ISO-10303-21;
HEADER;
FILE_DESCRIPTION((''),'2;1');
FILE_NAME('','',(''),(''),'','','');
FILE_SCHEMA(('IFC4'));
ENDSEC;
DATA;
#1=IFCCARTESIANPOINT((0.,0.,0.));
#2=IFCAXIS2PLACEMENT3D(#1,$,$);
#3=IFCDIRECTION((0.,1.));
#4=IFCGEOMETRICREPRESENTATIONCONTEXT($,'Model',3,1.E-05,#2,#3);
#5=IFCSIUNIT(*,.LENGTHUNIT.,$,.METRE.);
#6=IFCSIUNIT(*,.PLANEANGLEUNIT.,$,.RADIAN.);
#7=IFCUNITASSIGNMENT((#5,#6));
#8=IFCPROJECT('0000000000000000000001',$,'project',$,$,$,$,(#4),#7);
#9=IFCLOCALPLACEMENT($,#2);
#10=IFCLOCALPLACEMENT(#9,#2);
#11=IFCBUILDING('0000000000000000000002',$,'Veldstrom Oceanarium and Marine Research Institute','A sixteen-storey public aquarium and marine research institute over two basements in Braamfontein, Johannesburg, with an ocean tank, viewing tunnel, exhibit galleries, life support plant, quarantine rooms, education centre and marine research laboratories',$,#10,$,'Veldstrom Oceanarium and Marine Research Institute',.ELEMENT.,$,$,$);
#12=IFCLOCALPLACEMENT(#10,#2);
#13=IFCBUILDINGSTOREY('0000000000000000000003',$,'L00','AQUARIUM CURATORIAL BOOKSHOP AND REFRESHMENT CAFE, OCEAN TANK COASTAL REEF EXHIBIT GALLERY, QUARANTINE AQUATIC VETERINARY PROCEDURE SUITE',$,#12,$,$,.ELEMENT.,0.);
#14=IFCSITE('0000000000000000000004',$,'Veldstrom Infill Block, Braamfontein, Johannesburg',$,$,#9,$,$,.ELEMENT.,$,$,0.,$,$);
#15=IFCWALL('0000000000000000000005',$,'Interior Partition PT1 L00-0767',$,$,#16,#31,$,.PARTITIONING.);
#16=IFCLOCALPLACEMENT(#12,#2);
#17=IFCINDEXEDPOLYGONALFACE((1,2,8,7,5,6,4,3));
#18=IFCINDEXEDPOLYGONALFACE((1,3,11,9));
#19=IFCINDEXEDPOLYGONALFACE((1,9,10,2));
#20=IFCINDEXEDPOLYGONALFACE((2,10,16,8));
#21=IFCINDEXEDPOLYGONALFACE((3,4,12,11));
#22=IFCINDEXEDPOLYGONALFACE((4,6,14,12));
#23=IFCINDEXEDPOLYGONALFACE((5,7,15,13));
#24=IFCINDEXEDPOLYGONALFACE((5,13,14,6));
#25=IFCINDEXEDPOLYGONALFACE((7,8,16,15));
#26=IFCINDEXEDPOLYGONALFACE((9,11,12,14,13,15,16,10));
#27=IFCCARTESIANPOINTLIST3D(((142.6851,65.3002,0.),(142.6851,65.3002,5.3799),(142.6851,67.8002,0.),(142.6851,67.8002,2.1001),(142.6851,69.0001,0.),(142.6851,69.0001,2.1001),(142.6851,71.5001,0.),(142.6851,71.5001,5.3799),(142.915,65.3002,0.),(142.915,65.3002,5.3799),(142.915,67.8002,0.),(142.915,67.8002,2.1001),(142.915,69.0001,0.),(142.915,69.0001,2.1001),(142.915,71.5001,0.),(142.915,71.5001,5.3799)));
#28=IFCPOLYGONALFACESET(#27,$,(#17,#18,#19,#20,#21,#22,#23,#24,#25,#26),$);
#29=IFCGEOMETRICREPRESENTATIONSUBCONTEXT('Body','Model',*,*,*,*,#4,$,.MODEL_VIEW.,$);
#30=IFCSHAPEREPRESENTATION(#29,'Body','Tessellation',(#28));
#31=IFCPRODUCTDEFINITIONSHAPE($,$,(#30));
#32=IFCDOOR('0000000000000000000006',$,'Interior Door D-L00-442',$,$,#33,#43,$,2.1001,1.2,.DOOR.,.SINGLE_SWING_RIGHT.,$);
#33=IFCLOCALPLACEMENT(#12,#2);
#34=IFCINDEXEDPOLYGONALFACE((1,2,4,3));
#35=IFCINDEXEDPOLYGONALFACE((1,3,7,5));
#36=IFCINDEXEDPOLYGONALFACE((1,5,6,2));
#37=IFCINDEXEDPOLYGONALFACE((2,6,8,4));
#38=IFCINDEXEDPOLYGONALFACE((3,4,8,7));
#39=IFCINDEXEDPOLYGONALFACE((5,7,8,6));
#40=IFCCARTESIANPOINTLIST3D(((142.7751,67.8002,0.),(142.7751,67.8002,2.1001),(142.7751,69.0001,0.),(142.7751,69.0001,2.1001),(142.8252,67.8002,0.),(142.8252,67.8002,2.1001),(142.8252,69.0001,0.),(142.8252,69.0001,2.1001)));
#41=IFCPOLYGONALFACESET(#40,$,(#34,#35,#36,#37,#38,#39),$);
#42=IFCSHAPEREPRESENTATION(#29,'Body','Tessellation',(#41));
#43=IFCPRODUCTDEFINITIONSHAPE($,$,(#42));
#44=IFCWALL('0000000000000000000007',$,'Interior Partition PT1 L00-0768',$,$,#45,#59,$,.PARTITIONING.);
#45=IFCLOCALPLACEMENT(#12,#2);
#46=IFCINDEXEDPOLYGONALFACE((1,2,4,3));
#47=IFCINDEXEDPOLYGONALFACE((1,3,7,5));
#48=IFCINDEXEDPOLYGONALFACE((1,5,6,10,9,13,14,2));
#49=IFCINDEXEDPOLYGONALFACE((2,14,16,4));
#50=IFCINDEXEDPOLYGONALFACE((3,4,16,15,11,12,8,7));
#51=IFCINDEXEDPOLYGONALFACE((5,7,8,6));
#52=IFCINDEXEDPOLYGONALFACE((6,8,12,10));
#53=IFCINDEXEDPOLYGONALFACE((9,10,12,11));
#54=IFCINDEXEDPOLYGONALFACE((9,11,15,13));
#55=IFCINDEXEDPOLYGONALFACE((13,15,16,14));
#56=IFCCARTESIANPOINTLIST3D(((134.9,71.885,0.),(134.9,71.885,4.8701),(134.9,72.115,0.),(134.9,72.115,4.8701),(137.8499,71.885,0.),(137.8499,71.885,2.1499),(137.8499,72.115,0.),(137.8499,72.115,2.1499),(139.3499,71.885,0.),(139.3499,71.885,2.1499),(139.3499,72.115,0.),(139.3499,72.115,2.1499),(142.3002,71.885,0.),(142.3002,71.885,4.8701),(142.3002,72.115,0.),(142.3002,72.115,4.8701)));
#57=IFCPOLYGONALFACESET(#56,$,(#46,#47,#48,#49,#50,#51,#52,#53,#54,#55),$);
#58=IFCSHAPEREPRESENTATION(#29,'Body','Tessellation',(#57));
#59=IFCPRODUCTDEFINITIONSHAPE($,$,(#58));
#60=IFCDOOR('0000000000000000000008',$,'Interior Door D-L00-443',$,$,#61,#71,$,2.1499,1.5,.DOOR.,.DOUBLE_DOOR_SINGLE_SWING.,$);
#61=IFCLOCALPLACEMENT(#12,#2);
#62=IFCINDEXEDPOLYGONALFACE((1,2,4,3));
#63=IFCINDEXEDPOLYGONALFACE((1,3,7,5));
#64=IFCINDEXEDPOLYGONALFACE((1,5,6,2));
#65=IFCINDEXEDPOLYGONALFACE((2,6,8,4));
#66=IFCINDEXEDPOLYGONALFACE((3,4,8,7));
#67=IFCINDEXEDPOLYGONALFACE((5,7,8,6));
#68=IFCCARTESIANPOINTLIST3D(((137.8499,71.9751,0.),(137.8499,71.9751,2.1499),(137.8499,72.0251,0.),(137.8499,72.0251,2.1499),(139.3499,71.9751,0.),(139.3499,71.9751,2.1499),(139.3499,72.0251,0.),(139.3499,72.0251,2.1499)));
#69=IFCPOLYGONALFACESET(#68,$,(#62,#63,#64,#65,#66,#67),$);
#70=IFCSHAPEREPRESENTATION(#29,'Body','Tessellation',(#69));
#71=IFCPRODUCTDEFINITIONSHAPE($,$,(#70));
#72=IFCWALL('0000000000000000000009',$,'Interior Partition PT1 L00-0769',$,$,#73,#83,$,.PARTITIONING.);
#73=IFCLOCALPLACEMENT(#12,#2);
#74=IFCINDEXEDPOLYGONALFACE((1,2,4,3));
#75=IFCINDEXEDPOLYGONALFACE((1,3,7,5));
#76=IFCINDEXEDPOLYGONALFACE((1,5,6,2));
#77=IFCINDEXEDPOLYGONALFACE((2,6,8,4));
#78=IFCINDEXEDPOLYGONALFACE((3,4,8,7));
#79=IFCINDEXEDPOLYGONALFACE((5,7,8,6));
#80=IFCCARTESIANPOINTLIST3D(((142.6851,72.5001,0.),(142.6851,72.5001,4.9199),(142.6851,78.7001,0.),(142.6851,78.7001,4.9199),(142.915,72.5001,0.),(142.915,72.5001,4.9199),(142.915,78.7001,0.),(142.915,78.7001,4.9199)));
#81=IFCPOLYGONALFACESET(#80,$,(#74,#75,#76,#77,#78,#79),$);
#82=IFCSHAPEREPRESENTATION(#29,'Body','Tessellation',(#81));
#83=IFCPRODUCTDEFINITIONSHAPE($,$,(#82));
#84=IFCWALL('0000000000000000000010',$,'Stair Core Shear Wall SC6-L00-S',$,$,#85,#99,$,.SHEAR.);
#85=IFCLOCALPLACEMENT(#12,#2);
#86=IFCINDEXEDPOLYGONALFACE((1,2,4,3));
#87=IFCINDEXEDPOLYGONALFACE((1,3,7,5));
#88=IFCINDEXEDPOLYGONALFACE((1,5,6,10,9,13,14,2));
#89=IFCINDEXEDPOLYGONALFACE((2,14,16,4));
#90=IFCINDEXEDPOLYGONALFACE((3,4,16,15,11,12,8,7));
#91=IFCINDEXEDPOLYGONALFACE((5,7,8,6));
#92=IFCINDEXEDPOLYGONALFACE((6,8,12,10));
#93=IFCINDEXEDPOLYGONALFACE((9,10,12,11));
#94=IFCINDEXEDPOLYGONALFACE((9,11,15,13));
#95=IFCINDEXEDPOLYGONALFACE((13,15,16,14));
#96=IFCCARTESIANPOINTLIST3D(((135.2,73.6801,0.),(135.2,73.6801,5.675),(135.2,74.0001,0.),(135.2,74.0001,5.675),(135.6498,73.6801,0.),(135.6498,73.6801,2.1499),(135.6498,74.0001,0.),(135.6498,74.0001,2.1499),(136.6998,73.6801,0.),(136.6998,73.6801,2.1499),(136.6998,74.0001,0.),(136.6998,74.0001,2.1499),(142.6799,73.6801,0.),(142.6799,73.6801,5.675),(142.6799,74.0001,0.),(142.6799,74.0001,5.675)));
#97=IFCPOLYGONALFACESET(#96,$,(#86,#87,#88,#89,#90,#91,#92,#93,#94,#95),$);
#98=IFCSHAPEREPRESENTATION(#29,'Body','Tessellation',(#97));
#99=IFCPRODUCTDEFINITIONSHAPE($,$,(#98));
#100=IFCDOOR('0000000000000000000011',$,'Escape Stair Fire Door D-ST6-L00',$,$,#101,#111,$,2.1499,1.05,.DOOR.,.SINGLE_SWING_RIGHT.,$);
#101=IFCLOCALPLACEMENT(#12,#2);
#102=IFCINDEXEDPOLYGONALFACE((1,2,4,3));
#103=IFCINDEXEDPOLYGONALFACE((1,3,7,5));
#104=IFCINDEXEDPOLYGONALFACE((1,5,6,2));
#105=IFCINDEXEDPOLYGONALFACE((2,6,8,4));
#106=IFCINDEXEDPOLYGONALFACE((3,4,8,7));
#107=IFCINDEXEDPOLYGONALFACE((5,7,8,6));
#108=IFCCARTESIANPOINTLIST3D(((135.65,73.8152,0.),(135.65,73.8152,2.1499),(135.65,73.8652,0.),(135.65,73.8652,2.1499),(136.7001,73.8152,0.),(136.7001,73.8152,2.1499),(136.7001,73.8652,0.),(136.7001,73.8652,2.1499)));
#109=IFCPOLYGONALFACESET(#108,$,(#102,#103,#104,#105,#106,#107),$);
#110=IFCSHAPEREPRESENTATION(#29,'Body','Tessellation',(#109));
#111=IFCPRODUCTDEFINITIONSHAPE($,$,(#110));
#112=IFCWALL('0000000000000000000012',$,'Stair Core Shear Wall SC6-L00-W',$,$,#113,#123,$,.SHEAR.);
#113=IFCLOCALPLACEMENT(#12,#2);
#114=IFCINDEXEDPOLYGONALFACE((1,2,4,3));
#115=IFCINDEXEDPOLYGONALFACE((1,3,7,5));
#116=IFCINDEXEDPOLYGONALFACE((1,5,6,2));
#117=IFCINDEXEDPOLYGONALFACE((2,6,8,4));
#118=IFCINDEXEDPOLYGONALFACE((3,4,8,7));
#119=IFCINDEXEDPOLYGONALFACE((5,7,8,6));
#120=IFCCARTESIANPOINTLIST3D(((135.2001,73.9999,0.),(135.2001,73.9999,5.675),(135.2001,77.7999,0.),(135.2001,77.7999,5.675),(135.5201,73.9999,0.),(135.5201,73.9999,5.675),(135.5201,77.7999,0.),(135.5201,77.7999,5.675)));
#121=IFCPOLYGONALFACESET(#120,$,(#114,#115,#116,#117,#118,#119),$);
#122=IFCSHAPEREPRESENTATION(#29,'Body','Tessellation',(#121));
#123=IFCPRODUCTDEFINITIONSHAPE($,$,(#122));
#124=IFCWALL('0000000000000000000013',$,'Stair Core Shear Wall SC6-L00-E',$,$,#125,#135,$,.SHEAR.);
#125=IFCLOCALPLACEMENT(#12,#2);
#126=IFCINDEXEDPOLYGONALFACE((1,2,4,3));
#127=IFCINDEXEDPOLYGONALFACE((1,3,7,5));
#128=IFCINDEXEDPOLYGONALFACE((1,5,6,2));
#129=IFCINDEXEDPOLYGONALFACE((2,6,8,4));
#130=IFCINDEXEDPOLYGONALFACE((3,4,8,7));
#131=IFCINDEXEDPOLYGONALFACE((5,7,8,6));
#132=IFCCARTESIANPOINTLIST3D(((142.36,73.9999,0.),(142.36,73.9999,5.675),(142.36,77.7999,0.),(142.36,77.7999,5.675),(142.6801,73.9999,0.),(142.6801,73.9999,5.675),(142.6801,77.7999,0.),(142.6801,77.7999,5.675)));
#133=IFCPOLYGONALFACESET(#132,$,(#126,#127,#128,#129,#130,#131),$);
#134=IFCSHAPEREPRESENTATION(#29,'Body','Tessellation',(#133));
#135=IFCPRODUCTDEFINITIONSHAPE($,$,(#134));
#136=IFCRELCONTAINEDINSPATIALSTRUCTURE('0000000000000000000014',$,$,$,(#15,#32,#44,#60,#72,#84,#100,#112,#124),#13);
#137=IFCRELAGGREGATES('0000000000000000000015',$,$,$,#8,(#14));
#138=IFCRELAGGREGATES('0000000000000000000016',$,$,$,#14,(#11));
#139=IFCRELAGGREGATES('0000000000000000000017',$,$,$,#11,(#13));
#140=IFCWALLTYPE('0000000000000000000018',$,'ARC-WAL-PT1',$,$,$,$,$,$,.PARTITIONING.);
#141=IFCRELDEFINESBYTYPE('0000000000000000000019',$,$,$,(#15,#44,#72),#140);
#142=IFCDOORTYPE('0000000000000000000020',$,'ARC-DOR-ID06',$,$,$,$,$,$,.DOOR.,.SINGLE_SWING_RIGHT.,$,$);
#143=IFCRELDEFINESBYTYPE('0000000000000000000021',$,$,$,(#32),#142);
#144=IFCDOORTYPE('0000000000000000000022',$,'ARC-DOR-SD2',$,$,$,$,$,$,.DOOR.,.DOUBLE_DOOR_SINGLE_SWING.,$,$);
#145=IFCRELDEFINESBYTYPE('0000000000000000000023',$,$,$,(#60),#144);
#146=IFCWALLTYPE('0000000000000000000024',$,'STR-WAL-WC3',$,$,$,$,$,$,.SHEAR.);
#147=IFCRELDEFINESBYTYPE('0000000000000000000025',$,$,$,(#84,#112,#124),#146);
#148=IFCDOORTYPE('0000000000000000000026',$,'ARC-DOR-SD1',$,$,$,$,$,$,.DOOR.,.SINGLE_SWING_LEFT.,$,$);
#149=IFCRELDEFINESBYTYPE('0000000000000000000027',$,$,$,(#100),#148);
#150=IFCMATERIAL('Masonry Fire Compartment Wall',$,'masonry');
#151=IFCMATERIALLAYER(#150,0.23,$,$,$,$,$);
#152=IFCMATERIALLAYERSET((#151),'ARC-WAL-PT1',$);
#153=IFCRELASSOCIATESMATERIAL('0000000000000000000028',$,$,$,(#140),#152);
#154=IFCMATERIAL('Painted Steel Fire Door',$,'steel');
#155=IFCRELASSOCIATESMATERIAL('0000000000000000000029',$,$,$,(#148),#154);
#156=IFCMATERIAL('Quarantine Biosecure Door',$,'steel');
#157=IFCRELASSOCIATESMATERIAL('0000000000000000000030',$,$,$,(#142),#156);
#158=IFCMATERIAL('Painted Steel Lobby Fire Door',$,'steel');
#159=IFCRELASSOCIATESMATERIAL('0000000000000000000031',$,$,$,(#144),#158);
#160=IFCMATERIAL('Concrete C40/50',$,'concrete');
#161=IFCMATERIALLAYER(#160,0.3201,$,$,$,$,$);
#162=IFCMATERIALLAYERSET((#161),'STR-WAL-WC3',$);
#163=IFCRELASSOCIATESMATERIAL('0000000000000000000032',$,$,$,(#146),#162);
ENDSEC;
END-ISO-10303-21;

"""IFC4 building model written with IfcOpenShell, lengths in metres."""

from ifc_helpers import new_model, si_unit, direction, frame, frame_2d, origin, place, context, subcontext, project, spatial, rectangle, extrude, material, layer, layer_set, type_object, element, fill, save


model = new_model("IFC4")

# Units and contexts
model_context = context("Model", 3, precision=1e-05, world=origin(), true_north=direction((0.0, 1.0)))
body_context = subcontext(model_context, "Body", "Model", "MODEL_VIEW")
ifc_project = project(units=[si_unit("LENGTHUNIT", "METRE"), si_unit("PLANEANGLEUNIT", "RADIAN")], contexts=[model_context])

# Site, building, storey
site_placement = place(None, origin())
site = spatial("IfcSite", under=ifc_project, at=site_placement, Name="Veldstrom Infill Block, Braamfontein, Johannesburg", CompositionType="ELEMENT", RefElevation=0.0)
building_placement = place(site_placement, origin())
building = spatial("IfcBuilding", under=site, at=building_placement, Name="Veldstrom Oceanarium and Marine Research Institute", Description="A sixteen-storey public aquarium and marine research institute over two basements in Braamfontein, Johannesburg, with an ocean tank, viewing tunnel, exhibit galleries, life support plant, quarantine rooms, education centre and marine research laboratories", LongName="Veldstrom Oceanarium and Marine Research Institute", CompositionType="ELEMENT")
storey_placement = place(building_placement, origin())
storey = spatial("IfcBuildingStorey", under=building, at=storey_placement, Name="L00", Description="AQUARIUM CURATORIAL BOOKSHOP AND REFRESHMENT CAFE, OCEAN TANK COASTAL REEF EXHIBIT GALLERY, QUARANTINE AQUATIC VETERINARY PROCEDURE SUITE", CompositionType="ELEMENT", Elevation=0.0)

# Walls, openings, doors
ifc_material_1 = material(Name="Masonry Fire Compartment Wall", Category="masonry")
ifc_layer_1 = layer(ifc_material_1, 0.23)
ifc_layer_set_1 = layer_set([ifc_layer_1], Name="ARC-WAL-PT1")
wall_type_1 = type_object("IfcWallType", Name="ARC-WAL-PT1", PredefinedType="PARTITIONING", material=ifc_layer_set_1)
ifc_material_2 = material(Name="Painted Steel Fire Door", Category="steel")
door_type_1 = type_object("IfcDoorType", Name="ARC-DOR-SD1", OperationType="SINGLE_SWING_LEFT", PredefinedType="DOOR", material=ifc_material_2)
wall_1_placement = place(storey_placement, frame((142.8, 65.3, 0.0), z_axis=(0.0, 0.0, 1.0), x_axis=(0.0, 1.0, 0.0)))
wall_1 = element("IfcWall", 1, at=wall_1_placement, inside=storey, type_object=wall_type_1, Name="Interior Partition PT1 L00-0767", PredefinedType="PARTITIONING", context=body_context, shape_type="SweptSolid", body=[
    extrude(rectangle(XDim=6.2, YDim=0.23, at=frame_2d((3.1001, 0.0))), origin(), (0.0, 0.0, 1.0), 5.3799),
])
opening_1_placement = place(wall_1_placement, frame((2.5, 0.0, 0.0)))
opening_1 = element("IfcOpeningElement", 2, at=opening_1_placement, cuts=wall_1, PredefinedType="OPENING", context=body_context, shape_type="SweptSolid", body=[
    extrude(rectangle(XDim=1.2, YDim=2.1001, at=frame_2d((0.6001, 1.05))), frame((0.0, 0.125, 0.0), z_axis=(0.0, -1.0, 0.0), x_axis=(1.0, 0.0, 0.0)), (0.0, 0.0, 1.0), 0.25),
])
ifc_material_3 = material(Name="Quarantine Biosecure Door", Category="steel")
door_type_2 = type_object("IfcDoorType", Name="ARC-DOR-ID06", OperationType="SINGLE_SWING_RIGHT", PredefinedType="DOOR", material=ifc_material_3)
door_1_placement = place(opening_1_placement, origin())
door_1 = element("IfcDoor", 3, at=door_1_placement, inside=storey, type_object=door_type_2, Name="Interior Door D-L00-442", OperationType="SINGLE_SWING_RIGHT", OverallHeight=2.1001, OverallWidth=1.2, PredefinedType="DOOR", context=body_context, shape_type="SweptSolid", body=[
    extrude(rectangle(XDim=1.2, YDim=2.1001, at=frame_2d((0.6001, 1.05))), frame((0.0, 0.0249, 0.0), z_axis=(0.0, -1.0, 0.0), x_axis=(1.0, 0.0, 0.0)), (0.0, 0.0, 1.0), 0.05),
])
fill(opening_1, door_1)
wall_2_placement = place(storey_placement, frame((134.8999, 72.0, 0.0), z_axis=(0.0, 0.0, 1.0), x_axis=(1.0, 0.0, 0.0)))
wall_2 = element("IfcWall", 4, at=wall_2_placement, inside=storey, type_object=wall_type_1, Name="Interior Partition PT1 L00-0768", PredefinedType="PARTITIONING", context=body_context, shape_type="SweptSolid", body=[
    extrude(rectangle(XDim=7.4001, YDim=0.23, at=frame_2d((3.7002, 0.0))), origin(), (0.0, 0.0, 1.0), 4.8701),
])
opening_2_placement = place(wall_2_placement, frame((2.95, 0.0, 0.0)))
opening_2 = element("IfcOpeningElement", 5, at=opening_2_placement, cuts=wall_2, PredefinedType="OPENING", context=body_context, shape_type="SweptSolid", body=[
    extrude(rectangle(XDim=1.5, YDim=2.1499, at=frame_2d((0.75, 1.075))), frame((0.0, 0.125, 0.0), z_axis=(0.0, -1.0, 0.0), x_axis=(1.0, 0.0, 0.0)), (0.0, 0.0, 1.0), 0.25),
])
ifc_material_4 = material(Name="Painted Steel Lobby Fire Door", Category="steel")
door_type_3 = type_object("IfcDoorType", Name="ARC-DOR-SD2", OperationType="DOUBLE_DOOR_SINGLE_SWING", PredefinedType="DOOR", material=ifc_material_4)
door_2_placement = place(opening_2_placement, frame((1.5, 0.0, 0.0), z_axis=(0.0, 0.0, 1.0), x_axis=(-1.0, 0.0, 0.0)))
door_2 = element("IfcDoor", 6, at=door_2_placement, inside=storey, type_object=door_type_3, Name="Interior Door D-L00-443", OperationType="DOUBLE_DOOR_SINGLE_SWING", OverallHeight=2.1499, OverallWidth=1.5, PredefinedType="DOOR", context=body_context, shape_type="SweptSolid", body=[
    extrude(rectangle(XDim=1.5, YDim=2.1499, at=frame_2d((0.75, 1.075))), frame((0.0, 0.0249, 0.0), z_axis=(0.0, -1.0, 0.0), x_axis=(1.0, 0.0, 0.0)), (0.0, 0.0, 1.0), 0.05),
])
fill(opening_2, door_2)

# Wall
wall_3_placement = place(storey_placement, frame((142.8, 72.5, 0.0), z_axis=(0.0, 0.0, 1.0), x_axis=(0.0, 1.0, 0.0)))
element("IfcWall", 7, at=wall_3_placement, inside=storey, type_object=wall_type_1, Name="Interior Partition PT1 L00-0769", PredefinedType="PARTITIONING", context=body_context, shape_type="SweptSolid", body=[
    extrude(rectangle(XDim=6.2, YDim=0.23, at=frame_2d((3.1001, 0.0))), origin(), (0.0, 0.0, 1.0), 4.9199),
])

# Wall, opening, door
ifc_material_5 = material(Name="Concrete C40/50", Category="concrete")
ifc_layer_2 = layer(ifc_material_5, 0.3201)
ifc_layer_set_2 = layer_set([ifc_layer_2], Name="STR-WAL-WC3")
wall_type_2 = type_object("IfcWallType", Name="STR-WAL-WC3", PredefinedType="SHEAR", material=ifc_layer_set_2)
wall_4_placement = place(storey_placement, frame((135.2, 73.8401, 0.0), z_axis=(0.0, 0.0, 1.0), x_axis=(1.0, 0.0, 0.0)))
wall_4 = element("IfcWall", 8, at=wall_4_placement, inside=storey, type_object=wall_type_2, Name="Stair Core Shear Wall SC6-L00-S", PredefinedType="SHEAR", context=body_context, shape_type="SweptSolid", body=[
    extrude(rectangle(XDim=7.48, YDim=0.3201, at=frame_2d((3.74, 0.0))), origin(), (0.0, 0.0, 1.0), 5.675),
])
opening_3_placement = place(wall_4_placement, frame((0.45, 0.0, 0.0)))
opening_3 = element("IfcOpeningElement", 9, at=opening_3_placement, cuts=wall_4, PredefinedType="OPENING", context=body_context, shape_type="SweptSolid", body=[
    extrude(rectangle(XDim=1.05, YDim=2.1499, at=frame_2d((0.5249, 1.075))), frame((0.0, 0.1699, 0.0), z_axis=(0.0, -1.0, 0.0), x_axis=(1.0, 0.0, 0.0)), (0.0, 0.0, 1.0), 0.3401),
])
door_3_placement = place(opening_3_placement, frame((1.05, 0.0, 0.0), z_axis=(0.0, 0.0, 1.0), x_axis=(-1.0, 0.0, 0.0)))
door_3 = element("IfcDoor", 10, at=door_3_placement, inside=storey, type_object=door_type_1, Name="Escape Stair Fire Door D-ST6-L00", OperationType="SINGLE_SWING_RIGHT", OverallHeight=2.1499, OverallWidth=1.05, PredefinedType="DOOR", context=body_context, shape_type="SweptSolid", body=[
    extrude(rectangle(XDim=1.05, YDim=2.1499, at=frame_2d((0.5249, 1.075))), frame((0.0, 0.0249, 0.0), z_axis=(0.0, -1.0, 0.0), x_axis=(1.0, 0.0, 0.0)), (0.0, 0.0, 1.0), 0.05),
])
fill(opening_3, door_3)

# Walls
for number, where, z_axis, x_axis, name in (
    (11, (135.3601, 74.0, 0.0), (0.0, 0.0, 1.0), (0.0, 1.0, 0.0), "Stair Core Shear Wall SC6-L00-W"),
    (12, (142.52, 74.0, 0.0), (0.0, 0.0, 1.0), (0.0, 1.0, 0.0), "Stair Core Shear Wall SC6-L00-E"),
):
    element("IfcWall", number, at=place(storey_placement, frame(where, z_axis=z_axis, x_axis=x_axis)), inside=storey, type_object=wall_type_2, Name=name, PredefinedType="SHEAR", context=body_context, shape_type="SweptSolid", body=[
        extrude(rectangle(XDim=3.8, YDim=0.3201, at=frame_2d((1.8999, 0.0))), origin(), (0.0, 0.0, 1.0), 5.675),
    ])

save(model, "model.ifc")
